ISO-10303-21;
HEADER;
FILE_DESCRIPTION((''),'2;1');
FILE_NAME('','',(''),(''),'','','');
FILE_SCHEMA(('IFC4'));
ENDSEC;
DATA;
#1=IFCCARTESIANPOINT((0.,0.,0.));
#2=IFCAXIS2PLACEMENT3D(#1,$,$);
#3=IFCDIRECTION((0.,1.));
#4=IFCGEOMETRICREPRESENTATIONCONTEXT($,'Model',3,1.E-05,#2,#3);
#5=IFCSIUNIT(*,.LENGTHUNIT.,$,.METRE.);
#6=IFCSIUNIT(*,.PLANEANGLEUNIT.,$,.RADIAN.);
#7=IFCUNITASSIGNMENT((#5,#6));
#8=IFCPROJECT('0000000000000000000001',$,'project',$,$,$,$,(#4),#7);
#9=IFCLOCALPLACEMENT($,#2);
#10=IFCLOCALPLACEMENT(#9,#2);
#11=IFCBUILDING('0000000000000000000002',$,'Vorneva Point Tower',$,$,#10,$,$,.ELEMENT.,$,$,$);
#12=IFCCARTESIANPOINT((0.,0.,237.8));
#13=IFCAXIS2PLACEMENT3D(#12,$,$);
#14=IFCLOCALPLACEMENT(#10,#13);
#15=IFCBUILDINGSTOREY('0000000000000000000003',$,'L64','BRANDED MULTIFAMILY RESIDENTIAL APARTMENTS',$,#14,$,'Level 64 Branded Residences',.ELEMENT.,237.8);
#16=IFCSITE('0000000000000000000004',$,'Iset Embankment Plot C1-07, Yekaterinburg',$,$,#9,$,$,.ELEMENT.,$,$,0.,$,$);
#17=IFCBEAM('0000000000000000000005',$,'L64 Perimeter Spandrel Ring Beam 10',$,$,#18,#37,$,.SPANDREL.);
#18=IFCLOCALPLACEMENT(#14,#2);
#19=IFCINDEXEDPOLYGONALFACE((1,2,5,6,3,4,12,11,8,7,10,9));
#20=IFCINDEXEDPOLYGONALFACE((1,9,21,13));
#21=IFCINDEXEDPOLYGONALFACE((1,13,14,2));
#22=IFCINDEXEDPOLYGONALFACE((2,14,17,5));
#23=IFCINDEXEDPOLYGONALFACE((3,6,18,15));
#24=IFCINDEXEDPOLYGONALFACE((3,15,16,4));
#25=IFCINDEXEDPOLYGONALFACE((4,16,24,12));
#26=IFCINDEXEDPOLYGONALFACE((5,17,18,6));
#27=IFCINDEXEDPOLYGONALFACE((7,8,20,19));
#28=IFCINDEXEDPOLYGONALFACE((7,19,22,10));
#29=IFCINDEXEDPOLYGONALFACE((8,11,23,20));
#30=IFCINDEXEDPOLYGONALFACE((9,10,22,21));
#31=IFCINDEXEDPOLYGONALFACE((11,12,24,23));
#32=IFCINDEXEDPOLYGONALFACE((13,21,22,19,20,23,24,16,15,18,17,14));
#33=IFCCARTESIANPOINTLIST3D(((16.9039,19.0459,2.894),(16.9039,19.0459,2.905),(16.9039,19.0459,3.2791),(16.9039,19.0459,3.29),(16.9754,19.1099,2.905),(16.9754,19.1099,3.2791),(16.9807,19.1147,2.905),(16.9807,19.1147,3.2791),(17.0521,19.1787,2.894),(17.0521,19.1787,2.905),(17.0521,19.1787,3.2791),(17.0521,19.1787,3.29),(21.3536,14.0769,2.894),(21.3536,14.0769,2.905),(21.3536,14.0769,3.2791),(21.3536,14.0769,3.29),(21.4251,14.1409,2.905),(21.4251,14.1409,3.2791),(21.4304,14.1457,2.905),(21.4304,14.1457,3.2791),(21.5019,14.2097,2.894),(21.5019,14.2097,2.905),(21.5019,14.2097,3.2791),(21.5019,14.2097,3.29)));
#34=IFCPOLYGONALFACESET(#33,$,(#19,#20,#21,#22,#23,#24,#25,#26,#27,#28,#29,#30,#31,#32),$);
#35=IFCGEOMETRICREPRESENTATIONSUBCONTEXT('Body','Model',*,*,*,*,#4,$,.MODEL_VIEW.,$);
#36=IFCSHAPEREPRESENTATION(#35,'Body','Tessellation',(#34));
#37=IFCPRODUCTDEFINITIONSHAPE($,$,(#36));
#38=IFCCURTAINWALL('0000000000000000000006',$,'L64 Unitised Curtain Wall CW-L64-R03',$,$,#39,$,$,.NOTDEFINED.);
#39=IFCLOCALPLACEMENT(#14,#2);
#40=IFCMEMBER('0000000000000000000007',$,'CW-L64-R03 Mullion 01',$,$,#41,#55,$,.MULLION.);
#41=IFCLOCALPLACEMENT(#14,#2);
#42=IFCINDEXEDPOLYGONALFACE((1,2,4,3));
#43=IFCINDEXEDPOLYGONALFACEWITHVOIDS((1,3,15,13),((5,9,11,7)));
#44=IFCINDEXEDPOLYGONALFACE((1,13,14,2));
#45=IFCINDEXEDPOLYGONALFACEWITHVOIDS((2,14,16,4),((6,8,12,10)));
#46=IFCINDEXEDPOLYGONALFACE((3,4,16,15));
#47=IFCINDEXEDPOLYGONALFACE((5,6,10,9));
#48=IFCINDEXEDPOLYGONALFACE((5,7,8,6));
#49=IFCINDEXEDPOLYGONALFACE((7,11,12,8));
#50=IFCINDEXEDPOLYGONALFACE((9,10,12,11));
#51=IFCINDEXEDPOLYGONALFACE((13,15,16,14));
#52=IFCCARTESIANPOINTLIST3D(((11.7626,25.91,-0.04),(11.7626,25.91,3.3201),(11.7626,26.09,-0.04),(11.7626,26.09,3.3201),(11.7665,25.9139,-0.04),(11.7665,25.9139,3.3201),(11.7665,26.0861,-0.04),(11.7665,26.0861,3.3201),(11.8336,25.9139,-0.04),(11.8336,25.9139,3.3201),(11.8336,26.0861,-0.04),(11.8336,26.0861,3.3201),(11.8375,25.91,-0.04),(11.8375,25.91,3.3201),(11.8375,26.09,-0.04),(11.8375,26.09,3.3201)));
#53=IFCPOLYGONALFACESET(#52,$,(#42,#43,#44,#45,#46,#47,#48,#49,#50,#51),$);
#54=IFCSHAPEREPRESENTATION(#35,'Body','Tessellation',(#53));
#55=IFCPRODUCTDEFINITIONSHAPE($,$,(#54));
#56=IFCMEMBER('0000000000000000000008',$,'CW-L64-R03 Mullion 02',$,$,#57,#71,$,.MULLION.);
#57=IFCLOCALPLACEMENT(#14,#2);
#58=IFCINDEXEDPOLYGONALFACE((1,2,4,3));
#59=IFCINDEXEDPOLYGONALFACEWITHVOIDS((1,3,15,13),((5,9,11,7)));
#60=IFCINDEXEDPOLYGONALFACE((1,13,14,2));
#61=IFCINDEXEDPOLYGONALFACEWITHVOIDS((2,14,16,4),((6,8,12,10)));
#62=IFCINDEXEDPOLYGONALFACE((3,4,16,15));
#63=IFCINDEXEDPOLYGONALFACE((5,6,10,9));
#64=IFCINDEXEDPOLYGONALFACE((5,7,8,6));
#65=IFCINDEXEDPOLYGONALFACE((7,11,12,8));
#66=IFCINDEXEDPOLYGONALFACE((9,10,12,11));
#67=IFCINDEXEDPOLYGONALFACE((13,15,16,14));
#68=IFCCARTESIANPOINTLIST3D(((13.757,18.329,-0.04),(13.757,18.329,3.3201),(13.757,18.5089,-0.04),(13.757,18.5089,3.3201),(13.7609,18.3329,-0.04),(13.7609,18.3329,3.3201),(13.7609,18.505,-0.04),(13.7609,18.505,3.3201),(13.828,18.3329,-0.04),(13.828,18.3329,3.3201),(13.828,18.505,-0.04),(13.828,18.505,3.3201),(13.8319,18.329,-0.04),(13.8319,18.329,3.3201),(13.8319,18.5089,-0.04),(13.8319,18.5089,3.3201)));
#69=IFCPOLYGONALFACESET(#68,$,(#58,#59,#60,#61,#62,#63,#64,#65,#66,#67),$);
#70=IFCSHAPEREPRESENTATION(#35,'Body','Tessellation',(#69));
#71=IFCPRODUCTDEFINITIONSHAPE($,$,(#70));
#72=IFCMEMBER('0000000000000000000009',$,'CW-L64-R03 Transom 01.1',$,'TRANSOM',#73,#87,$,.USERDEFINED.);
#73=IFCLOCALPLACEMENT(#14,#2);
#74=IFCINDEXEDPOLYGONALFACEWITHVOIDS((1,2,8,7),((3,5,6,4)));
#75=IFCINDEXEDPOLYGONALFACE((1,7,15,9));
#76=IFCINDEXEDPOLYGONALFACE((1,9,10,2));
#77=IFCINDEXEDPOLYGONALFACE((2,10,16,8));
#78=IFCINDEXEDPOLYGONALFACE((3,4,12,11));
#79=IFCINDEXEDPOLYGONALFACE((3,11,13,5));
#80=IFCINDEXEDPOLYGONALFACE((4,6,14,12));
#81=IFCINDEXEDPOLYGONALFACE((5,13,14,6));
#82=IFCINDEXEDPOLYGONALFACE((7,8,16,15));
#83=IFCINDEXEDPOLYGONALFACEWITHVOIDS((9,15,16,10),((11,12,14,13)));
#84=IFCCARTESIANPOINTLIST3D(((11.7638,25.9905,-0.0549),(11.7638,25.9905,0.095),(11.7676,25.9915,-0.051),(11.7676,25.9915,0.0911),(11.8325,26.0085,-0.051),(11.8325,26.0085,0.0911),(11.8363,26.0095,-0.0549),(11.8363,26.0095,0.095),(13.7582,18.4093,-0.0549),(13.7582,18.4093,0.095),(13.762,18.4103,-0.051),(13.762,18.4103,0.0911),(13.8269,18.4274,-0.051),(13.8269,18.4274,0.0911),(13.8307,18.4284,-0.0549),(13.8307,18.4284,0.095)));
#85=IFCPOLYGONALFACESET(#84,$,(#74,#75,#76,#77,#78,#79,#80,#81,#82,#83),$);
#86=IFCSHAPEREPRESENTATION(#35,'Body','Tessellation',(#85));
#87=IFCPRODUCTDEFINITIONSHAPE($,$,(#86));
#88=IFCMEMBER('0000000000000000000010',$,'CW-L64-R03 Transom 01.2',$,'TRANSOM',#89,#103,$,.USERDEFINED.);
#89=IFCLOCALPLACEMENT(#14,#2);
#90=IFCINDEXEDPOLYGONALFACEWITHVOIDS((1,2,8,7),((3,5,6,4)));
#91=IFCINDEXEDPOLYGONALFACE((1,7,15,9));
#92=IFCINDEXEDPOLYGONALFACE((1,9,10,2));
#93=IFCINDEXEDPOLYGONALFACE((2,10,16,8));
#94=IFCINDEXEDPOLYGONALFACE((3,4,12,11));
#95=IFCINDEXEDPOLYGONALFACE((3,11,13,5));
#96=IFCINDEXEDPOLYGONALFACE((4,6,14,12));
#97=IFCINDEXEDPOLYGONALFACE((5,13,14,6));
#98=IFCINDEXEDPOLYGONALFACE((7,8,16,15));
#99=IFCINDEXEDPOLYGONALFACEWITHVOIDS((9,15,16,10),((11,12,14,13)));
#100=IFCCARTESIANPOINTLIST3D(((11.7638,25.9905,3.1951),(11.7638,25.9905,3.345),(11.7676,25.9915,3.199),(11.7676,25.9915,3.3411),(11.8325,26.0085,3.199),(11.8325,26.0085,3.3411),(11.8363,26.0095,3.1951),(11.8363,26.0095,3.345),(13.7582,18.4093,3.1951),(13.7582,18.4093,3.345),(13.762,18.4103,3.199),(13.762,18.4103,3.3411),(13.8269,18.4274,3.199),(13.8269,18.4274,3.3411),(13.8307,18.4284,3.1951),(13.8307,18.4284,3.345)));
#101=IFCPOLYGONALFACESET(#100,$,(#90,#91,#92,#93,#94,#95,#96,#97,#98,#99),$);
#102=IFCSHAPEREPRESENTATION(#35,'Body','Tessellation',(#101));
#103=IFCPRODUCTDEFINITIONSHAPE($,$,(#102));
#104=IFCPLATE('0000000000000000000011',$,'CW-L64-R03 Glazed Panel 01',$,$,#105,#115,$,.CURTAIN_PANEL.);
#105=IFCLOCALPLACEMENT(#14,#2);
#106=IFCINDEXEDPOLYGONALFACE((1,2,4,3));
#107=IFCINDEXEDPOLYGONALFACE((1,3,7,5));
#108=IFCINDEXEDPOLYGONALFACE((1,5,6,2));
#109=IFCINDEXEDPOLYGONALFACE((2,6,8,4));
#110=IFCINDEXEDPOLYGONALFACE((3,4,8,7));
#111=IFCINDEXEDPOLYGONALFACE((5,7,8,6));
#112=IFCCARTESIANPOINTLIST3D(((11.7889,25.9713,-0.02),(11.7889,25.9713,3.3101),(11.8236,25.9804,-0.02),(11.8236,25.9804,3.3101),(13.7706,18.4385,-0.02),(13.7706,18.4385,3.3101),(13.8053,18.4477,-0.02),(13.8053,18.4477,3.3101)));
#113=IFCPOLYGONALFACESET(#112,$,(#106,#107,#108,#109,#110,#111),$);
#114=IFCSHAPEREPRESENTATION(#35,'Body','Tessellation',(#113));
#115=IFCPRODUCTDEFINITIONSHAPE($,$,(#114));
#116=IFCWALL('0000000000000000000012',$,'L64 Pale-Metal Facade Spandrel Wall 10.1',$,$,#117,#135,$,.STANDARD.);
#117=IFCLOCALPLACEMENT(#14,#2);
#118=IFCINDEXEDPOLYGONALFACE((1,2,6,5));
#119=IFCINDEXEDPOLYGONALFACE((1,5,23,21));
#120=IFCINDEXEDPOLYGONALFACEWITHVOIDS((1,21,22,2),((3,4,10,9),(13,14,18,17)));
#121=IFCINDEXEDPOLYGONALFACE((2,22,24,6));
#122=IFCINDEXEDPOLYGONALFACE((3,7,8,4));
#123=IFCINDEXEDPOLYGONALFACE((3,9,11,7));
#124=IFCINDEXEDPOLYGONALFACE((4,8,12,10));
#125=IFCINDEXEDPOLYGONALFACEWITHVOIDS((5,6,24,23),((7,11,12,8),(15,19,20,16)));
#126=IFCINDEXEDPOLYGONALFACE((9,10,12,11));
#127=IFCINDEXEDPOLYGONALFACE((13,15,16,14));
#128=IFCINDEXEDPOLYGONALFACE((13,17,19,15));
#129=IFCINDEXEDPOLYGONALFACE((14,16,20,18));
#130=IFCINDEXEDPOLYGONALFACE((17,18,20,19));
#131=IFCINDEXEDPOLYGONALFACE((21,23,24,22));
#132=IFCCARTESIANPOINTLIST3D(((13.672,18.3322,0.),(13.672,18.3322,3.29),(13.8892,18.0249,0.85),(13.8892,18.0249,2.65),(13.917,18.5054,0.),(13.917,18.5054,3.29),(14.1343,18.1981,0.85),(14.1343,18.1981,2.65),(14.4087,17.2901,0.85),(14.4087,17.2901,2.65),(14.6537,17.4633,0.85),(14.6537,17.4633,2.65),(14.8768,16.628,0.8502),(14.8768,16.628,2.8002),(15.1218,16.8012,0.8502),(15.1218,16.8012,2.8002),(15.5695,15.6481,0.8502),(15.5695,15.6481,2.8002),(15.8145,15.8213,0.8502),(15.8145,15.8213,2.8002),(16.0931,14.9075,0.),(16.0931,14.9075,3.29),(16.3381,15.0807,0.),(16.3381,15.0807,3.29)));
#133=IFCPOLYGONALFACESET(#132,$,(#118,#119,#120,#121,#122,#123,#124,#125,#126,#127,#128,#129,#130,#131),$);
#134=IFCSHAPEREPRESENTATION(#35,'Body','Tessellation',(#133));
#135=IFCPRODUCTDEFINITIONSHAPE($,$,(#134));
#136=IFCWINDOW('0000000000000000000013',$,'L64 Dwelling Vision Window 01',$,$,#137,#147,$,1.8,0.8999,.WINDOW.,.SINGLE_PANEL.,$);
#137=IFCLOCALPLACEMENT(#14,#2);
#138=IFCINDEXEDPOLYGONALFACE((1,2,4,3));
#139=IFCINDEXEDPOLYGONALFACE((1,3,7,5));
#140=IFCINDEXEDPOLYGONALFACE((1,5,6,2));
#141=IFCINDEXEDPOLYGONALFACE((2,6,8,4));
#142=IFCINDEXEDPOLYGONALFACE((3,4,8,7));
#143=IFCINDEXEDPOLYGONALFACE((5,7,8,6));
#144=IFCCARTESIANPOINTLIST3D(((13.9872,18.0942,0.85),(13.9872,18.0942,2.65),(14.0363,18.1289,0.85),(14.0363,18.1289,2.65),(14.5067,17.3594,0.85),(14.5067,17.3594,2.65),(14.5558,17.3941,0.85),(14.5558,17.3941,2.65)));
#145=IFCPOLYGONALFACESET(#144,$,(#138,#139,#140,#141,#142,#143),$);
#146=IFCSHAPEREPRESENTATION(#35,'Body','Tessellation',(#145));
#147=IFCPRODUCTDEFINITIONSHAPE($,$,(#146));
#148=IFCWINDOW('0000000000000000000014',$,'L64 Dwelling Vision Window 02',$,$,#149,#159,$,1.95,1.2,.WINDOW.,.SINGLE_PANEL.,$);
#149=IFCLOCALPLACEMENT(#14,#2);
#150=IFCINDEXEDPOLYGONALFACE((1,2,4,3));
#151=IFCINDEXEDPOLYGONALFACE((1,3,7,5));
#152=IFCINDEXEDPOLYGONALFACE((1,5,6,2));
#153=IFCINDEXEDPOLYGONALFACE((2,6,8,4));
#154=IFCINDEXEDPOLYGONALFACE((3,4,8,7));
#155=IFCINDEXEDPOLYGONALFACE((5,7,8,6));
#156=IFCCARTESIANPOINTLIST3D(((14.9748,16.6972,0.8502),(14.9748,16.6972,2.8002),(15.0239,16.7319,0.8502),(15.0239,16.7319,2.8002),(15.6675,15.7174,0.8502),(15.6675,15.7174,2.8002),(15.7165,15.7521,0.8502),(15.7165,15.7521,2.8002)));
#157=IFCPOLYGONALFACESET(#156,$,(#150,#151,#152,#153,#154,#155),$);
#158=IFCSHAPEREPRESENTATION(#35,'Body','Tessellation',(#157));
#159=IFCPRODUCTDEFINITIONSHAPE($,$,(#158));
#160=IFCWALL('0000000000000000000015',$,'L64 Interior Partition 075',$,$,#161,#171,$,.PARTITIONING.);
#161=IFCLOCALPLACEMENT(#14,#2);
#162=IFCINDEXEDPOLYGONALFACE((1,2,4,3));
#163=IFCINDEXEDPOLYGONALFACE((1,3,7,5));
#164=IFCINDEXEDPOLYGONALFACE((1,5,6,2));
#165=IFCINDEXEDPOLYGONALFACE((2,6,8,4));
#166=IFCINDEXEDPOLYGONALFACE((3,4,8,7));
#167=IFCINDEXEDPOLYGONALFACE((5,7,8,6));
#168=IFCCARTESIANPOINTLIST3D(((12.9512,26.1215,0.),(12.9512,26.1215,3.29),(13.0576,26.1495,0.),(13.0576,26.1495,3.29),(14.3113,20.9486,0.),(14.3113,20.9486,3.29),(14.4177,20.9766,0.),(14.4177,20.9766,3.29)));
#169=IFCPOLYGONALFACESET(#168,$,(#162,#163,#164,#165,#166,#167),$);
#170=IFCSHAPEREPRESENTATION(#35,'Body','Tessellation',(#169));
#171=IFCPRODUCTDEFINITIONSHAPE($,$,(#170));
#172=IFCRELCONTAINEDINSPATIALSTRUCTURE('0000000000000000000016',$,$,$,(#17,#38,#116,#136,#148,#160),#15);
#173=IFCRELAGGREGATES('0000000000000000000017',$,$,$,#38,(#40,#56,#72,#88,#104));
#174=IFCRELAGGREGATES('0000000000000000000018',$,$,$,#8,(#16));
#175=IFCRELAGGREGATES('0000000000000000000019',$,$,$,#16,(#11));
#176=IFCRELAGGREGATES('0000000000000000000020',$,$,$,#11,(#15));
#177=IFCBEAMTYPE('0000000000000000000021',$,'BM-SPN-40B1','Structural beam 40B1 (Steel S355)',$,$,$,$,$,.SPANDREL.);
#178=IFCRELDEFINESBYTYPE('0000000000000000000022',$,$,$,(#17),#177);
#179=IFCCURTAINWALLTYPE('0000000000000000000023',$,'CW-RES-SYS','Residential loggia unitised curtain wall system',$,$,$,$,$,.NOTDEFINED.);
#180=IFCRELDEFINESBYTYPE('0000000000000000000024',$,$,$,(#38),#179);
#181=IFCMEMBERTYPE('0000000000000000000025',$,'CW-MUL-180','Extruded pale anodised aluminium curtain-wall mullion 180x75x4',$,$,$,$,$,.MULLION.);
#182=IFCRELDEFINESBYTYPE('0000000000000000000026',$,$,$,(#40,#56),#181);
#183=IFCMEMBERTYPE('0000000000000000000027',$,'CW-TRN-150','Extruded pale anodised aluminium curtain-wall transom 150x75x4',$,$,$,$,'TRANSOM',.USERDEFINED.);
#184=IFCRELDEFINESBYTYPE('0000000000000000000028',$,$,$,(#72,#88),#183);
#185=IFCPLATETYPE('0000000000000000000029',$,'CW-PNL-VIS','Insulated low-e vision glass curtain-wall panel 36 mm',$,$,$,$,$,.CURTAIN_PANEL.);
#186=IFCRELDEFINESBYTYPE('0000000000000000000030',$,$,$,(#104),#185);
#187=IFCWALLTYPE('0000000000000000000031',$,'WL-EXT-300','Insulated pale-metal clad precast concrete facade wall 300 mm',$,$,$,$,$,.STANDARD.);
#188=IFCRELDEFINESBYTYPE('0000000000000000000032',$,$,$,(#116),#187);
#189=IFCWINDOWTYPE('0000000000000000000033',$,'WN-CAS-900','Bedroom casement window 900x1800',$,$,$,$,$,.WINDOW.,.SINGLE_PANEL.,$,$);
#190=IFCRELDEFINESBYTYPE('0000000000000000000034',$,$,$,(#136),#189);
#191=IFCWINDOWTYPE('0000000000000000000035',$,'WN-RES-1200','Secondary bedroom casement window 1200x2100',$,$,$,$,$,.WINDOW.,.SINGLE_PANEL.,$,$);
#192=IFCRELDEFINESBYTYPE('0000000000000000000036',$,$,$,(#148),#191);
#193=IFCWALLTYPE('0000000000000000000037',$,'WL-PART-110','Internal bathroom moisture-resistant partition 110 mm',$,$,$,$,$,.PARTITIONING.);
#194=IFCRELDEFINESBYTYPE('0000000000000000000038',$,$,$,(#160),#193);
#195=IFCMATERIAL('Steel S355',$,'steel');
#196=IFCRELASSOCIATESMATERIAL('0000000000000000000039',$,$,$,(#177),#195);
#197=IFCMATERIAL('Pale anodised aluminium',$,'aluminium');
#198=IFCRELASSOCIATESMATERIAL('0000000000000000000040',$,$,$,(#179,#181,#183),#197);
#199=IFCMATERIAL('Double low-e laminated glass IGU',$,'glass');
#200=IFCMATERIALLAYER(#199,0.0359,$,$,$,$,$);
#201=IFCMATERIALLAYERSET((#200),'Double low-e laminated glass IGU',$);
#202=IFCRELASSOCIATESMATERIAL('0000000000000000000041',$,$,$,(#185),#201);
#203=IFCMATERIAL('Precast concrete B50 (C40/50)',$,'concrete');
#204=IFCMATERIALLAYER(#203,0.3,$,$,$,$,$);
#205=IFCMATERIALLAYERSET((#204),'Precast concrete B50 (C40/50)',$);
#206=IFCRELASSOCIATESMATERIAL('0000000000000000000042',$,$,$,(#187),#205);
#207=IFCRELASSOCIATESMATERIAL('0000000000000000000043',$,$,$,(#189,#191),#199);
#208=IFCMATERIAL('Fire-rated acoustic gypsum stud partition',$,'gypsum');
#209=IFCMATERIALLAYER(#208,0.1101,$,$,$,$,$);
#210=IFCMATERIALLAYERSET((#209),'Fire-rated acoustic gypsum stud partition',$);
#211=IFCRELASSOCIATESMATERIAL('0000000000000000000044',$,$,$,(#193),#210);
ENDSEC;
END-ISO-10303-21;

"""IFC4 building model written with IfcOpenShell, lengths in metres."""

from ifc_helpers import new_model, si_unit, direction, frame, frame_2d, origin, origin_2d, place, context, subcontext, project, spatial, rectangle, hollow_rectangle, i_section, extrude, material, layer, layer_set, material_profile, profile_set, type_object, element, fill, aggregate, save


model = new_model("IFC4")

# Units and contexts
model_context = context("Model", 3, precision=1e-05, world=origin(), true_north=direction((0.0, 1.0)))
body_context = subcontext(model_context, "Body", "Model", "MODEL_VIEW")
ifc_project = project(units=[si_unit("LENGTHUNIT", "METRE"), si_unit("PLANEANGLEUNIT", "RADIAN")], contexts=[model_context])

# Site, building, storey
site_placement = place(None, origin())
site = spatial("IfcSite", under=ifc_project, at=site_placement, Name="Iset Embankment Plot C1-07, Yekaterinburg", CompositionType="ELEMENT", RefElevation=0.0)
building_placement = place(site_placement, origin())
building = spatial("IfcBuilding", under=site, at=building_placement, Name="Vorneva Point Tower", CompositionType="ELEMENT")
storey_placement = place(building_placement, frame((0.0, 0.0, 237.8)))
storey = spatial("IfcBuildingStorey", under=building, at=storey_placement, Name="L64", Description="BRANDED MULTIFAMILY RESIDENTIAL APARTMENTS", LongName="Level 64 Branded Residences", CompositionType="ELEMENT", Elevation=237.8)

# Beam
ifc_material_1 = material(Name="Steel S355", Category="steel")
ifc_material_profile_1 = material_profile(ifc_material_1, i_section(OverallWidth=0.199, OverallDepth=0.396, WebThickness=0.0071, FlangeThickness=0.011, at=origin_2d()), Name="40B1")
ifc_profile_set_1 = profile_set([ifc_material_profile_1], Name="Steel S355")
beam_type_1 = type_object("IfcBeamType", Name="BM-SPN-40B1", Description="Structural beam 40B1 (Steel S355)", PredefinedType="SPANDREL", material=ifc_profile_set_1)
beam_1_placement = place(storey_placement, frame((16.978, 19.1123, 3.092), z_axis=(0.667108, -0.744961, 0.0), x_axis=(0.744961, 0.667108, 0.0)))
element("IfcBeam", 1, at=beam_1_placement, inside=storey, type_object=beam_type_1, Name="L64 Perimeter Spandrel Ring Beam 10", PredefinedType="SPANDREL", context=body_context, shape_type="SweptSolid", body=[
    extrude(i_section(OverallWidth=0.199, OverallDepth=0.396, WebThickness=0.0071, FlangeThickness=0.011, at=origin_2d()), origin(), (0.0, 0.0, 1.0), 6.6702),
])

# Curtain wall, members, plate
ifc_material_2 = material(Name="Pale anodised aluminium", Category="aluminium")
curtain_wall_type = type_object("IfcCurtainWallType", Name="CW-RES-SYS", Description="Residential loggia unitised curtain wall system", PredefinedType="NOTDEFINED", material=ifc_material_2)
curtain_wall_placement = place(storey_placement, origin())
curtain_wall = element("IfcCurtainWall", 2, at=curtain_wall_placement, inside=storey, type_object=curtain_wall_type, Name="L64 Unitised Curtain Wall CW-L64-R03", PredefinedType="NOTDEFINED")
ifc_material_profile_2 = material_profile(ifc_material_2, hollow_rectangle(XDim=0.075, YDim=0.1799, WallThickness=0.0039, at=origin_2d()), Name="AL-MUL 180x75x4")
ifc_profile_set_2 = profile_set([ifc_material_profile_2], Name="Pale anodised aluminium")
member_type_1 = type_object("IfcMemberType", Name="CW-MUL-180", Description="Extruded pale anodised aluminium curtain-wall mullion 180x75x4", PredefinedType="MULLION", material=ifc_profile_set_2)
member_1_placement = place(storey_placement, frame((11.8, 26.0, -0.04), z_axis=(0.0, 0.0, 1.0), x_axis=(1.0, 0.0, 0.0)))
member_1 = element("IfcMember", 3, at=member_1_placement, type_object=member_type_1, Name="CW-L64-R03 Mullion 01", PredefinedType="MULLION", context=body_context, shape_type="SweptSolid", body=[
    extrude(hollow_rectangle(XDim=0.075, YDim=0.1799, WallThickness=0.0039, at=origin_2d()), origin(), (0.0, 0.0, 1.0), 3.3601),
])
member_2_placement = place(storey_placement, frame((13.7944, 18.4189, -0.04), z_axis=(0.0, 0.0, 1.0), x_axis=(1.0, 0.0, 0.0)))
member_2 = element("IfcMember", 4, at=member_2_placement, type_object=member_type_1, Name="CW-L64-R03 Mullion 02", PredefinedType="MULLION", context=body_context, shape_type="SweptSolid", body=[
    extrude(hollow_rectangle(XDim=0.075, YDim=0.1799, WallThickness=0.0039, at=origin_2d()), origin(), (0.0, 0.0, 1.0), 3.3601),
])
ifc_material_profile_3 = material_profile(ifc_material_2, hollow_rectangle(XDim=0.075, YDim=0.1499, WallThickness=0.0039, at=origin_2d()), Name="AL-TRN 150x75x4")
ifc_profile_set_3 = profile_set([ifc_material_profile_3], Name="Pale anodised aluminium")
member_type_2 = type_object("IfcMemberType", Name="CW-TRN-150", Description="Extruded pale anodised aluminium curtain-wall transom 150x75x4", ElementType="TRANSOM", PredefinedType="USERDEFINED", material=ifc_profile_set_3)
member_3_placement = place(storey_placement, frame((11.8, 26.0, 0.02), z_axis=(0.254418, -0.967094, 0.0), x_axis=(0.967094, 0.254418, 0.0)))
member_3 = element("IfcMember", 5, at=member_3_placement, type_object=member_type_2, Name="CW-L64-R03 Transom 01.1", ObjectType="TRANSOM", PredefinedType="USERDEFINED", context=body_context, shape_type="SweptSolid", body=[
    extrude(hollow_rectangle(XDim=0.075, YDim=0.1499, WallThickness=0.0039, at=origin_2d()), origin(), (0.0, 0.0, 1.0), 7.8391),
])
member_4_placement = place(storey_placement, frame((11.8, 26.0, 3.27), z_axis=(0.254418, -0.967094, 0.0), x_axis=(0.967094, 0.254418, 0.0)))
member_4 = element("IfcMember", 6, at=member_4_placement, type_object=member_type_2, Name="CW-L64-R03 Transom 01.2", ObjectType="TRANSOM", PredefinedType="USERDEFINED", context=body_context, shape_type="SweptSolid", body=[
    extrude(hollow_rectangle(XDim=0.075, YDim=0.1499, WallThickness=0.0039, at=origin_2d()), origin(), (0.0, 0.0, 1.0), 7.8391),
])
ifc_material_3 = material(Name="Double low-e laminated glass IGU", Category="glass")
ifc_layer_1 = layer(ifc_material_3, 0.0359)
ifc_layer_set_1 = layer_set([ifc_layer_1], Name="Double low-e laminated glass IGU")
plate_type = type_object("IfcPlateType", Name="CW-PNL-VIS", Description="Insulated low-e vision glass curtain-wall panel 36 mm", PredefinedType="CURTAIN_PANEL", material=ifc_layer_set_1)
plate_placement = place(storey_placement, frame((12.7971, 22.2095, -0.02), z_axis=(0.0, 0.0, 1.0), x_axis=(0.254416, -0.967095, 0.0)))
plate = element("IfcPlate", 7, at=plate_placement, type_object=plate_type, Name="CW-L64-R03 Glazed Panel 01", PredefinedType="CURTAIN_PANEL", context=body_context, shape_type="SweptSolid", body=[
    extrude(rectangle(XDim=7.7891, YDim=0.0359, at=origin_2d()), origin(), (0.0, 0.0, 1.0), 3.3301),
])
aggregate(curtain_wall, [member_1, member_2, member_3, member_4, plate])

# Wall, openings, windows
ifc_material_4 = material(Name="Precast concrete B50 (C40/50)", Category="concrete")
ifc_layer_2 = layer(ifc_material_4, 0.3)
ifc_layer_set_2 = layer_set([ifc_layer_2], Name="Precast concrete B50 (C40/50)")
wall_type_1 = type_object("IfcWallType", Name="WL-EXT-300", Description="Insulated pale-metal clad precast concrete facade wall 300 mm", PredefinedType="STANDARD", material=ifc_layer_set_2)
wall_1_placement = place(storey_placement, frame((13.7944, 18.4189, 0.0), z_axis=(0.0, 0.0, 1.0), x_axis=(0.577261, -0.81656, 0.0)))
wall_1 = element("IfcWall", 8, at=wall_1_placement, inside=storey, type_object=wall_type_1, Name="L64 Pale-Metal Facade Spandrel Wall 10.1", PredefinedType="STANDARD", context=body_context, shape_type="SweptSolid", body=[
    extrude(rectangle(XDim=4.1941, YDim=0.3, at=frame_2d((2.0972, 0.0))), origin(), (0.0, 0.0, 1.0), 3.29),
])
opening_1_placement = place(wall_1_placement, frame((0.3765, 0.0, 0.8501)))
opening_1 = element("IfcOpeningElement", 9, at=opening_1_placement, cuts=wall_1, PredefinedType="OPENING", context=body_context, shape_type="SweptSolid", body=[
    extrude(rectangle(XDim=0.8999, YDim=1.8, at=frame_2d((0.45, 0.8999))), frame((0.0, 0.165, 0.0), z_axis=(0.0, -1.0, 0.0), x_axis=(1.0, 0.0, 0.0)), (0.0, 0.0, 1.0), 0.3298),
])
opening_2_placement = place(wall_1_placement, frame((2.0872, 0.0, 0.8501)))
opening_2 = element("IfcOpeningElement", 10, at=opening_2_placement, cuts=wall_1, PredefinedType="OPENING", context=body_context, shape_type="SweptSolid", body=[
    extrude(rectangle(XDim=1.2, YDim=1.95, at=frame_2d((0.6001, 0.9751))), frame((0.0, 0.165, 0.0), z_axis=(0.0, -1.0, 0.0), x_axis=(1.0, 0.0, 0.0)), (0.0, 0.0, 1.0), 0.3298),
])
window_type_1 = type_object("IfcWindowType", Name="WN-CAS-900", Description="Bedroom casement window 900x1800", PartitioningType="SINGLE_PANEL", PredefinedType="WINDOW", material=ifc_material_3)
window_1_placement = place(opening_1_placement, origin())
window_1 = element("IfcWindow", 11, at=window_1_placement, inside=storey, type_object=window_type_1, Name="L64 Dwelling Vision Window 01", OverallHeight=1.8, OverallWidth=0.8999, PartitioningType="SINGLE_PANEL", PredefinedType="WINDOW", context=body_context, shape_type="SweptSolid", body=[
    extrude(rectangle(XDim=0.8999, YDim=1.8, at=frame_2d((0.45, 0.8999))), frame((0.0, 0.03, 0.0), z_axis=(0.0, -1.0, 0.0), x_axis=(1.0, 0.0, 0.0)), (0.0, 0.0, 1.0), 0.0601),
])
fill(opening_1, window_1)
window_type_2 = type_object("IfcWindowType", Name="WN-RES-1200", Description="Secondary bedroom casement window 1200x2100", PartitioningType="SINGLE_PANEL", PredefinedType="WINDOW", material=ifc_material_3)
window_2_placement = place(opening_2_placement, origin())
window_2 = element("IfcWindow", 12, at=window_2_placement, inside=storey, type_object=window_type_2, Name="L64 Dwelling Vision Window 02", OverallHeight=1.95, OverallWidth=1.2, PartitioningType="SINGLE_PANEL", PredefinedType="WINDOW", context=body_context, shape_type="SweptSolid", body=[
    extrude(rectangle(XDim=1.2, YDim=1.95, at=frame_2d((0.6001, 0.9751))), frame((0.0, 0.03, 0.0), z_axis=(0.0, -1.0, 0.0), x_axis=(1.0, 0.0, 0.0)), (0.0, 0.0, 1.0), 0.0601),
])
fill(opening_2, window_2)

# Wall
ifc_material_5 = material(Name="Fire-rated acoustic gypsum stud partition", Category="gypsum")
ifc_layer_3 = layer(ifc_material_5, 0.1101)
ifc_layer_set_3 = layer_set([ifc_layer_3], Name="Fire-rated acoustic gypsum stud partition")
wall_type_2 = type_object("IfcWallType", Name="WL-PART-110", Description="Internal bathroom moisture-resistant partition 110 mm", PredefinedType="PARTITIONING", material=ifc_layer_set_3)
wall_2_placement = place(storey_placement, frame((14.3645, 20.9626, 0.0), z_axis=(0.0, 0.0, 1.0), x_axis=(-0.254289, 0.967128, 0.0)))
element("IfcWall", 13, at=wall_2_placement, inside=storey, type_object=wall_type_2, Name="L64 Interior Partition 075", PredefinedType="PARTITIONING", context=body_context, shape_type="SweptSolid", body=[
    extrude(rectangle(XDim=5.3486, YDim=0.1101, at=frame_2d((2.6743, 0.0))), origin(), (0.0, 0.0, 1.0), 3.29),
])

save(model, "model.ifc")
